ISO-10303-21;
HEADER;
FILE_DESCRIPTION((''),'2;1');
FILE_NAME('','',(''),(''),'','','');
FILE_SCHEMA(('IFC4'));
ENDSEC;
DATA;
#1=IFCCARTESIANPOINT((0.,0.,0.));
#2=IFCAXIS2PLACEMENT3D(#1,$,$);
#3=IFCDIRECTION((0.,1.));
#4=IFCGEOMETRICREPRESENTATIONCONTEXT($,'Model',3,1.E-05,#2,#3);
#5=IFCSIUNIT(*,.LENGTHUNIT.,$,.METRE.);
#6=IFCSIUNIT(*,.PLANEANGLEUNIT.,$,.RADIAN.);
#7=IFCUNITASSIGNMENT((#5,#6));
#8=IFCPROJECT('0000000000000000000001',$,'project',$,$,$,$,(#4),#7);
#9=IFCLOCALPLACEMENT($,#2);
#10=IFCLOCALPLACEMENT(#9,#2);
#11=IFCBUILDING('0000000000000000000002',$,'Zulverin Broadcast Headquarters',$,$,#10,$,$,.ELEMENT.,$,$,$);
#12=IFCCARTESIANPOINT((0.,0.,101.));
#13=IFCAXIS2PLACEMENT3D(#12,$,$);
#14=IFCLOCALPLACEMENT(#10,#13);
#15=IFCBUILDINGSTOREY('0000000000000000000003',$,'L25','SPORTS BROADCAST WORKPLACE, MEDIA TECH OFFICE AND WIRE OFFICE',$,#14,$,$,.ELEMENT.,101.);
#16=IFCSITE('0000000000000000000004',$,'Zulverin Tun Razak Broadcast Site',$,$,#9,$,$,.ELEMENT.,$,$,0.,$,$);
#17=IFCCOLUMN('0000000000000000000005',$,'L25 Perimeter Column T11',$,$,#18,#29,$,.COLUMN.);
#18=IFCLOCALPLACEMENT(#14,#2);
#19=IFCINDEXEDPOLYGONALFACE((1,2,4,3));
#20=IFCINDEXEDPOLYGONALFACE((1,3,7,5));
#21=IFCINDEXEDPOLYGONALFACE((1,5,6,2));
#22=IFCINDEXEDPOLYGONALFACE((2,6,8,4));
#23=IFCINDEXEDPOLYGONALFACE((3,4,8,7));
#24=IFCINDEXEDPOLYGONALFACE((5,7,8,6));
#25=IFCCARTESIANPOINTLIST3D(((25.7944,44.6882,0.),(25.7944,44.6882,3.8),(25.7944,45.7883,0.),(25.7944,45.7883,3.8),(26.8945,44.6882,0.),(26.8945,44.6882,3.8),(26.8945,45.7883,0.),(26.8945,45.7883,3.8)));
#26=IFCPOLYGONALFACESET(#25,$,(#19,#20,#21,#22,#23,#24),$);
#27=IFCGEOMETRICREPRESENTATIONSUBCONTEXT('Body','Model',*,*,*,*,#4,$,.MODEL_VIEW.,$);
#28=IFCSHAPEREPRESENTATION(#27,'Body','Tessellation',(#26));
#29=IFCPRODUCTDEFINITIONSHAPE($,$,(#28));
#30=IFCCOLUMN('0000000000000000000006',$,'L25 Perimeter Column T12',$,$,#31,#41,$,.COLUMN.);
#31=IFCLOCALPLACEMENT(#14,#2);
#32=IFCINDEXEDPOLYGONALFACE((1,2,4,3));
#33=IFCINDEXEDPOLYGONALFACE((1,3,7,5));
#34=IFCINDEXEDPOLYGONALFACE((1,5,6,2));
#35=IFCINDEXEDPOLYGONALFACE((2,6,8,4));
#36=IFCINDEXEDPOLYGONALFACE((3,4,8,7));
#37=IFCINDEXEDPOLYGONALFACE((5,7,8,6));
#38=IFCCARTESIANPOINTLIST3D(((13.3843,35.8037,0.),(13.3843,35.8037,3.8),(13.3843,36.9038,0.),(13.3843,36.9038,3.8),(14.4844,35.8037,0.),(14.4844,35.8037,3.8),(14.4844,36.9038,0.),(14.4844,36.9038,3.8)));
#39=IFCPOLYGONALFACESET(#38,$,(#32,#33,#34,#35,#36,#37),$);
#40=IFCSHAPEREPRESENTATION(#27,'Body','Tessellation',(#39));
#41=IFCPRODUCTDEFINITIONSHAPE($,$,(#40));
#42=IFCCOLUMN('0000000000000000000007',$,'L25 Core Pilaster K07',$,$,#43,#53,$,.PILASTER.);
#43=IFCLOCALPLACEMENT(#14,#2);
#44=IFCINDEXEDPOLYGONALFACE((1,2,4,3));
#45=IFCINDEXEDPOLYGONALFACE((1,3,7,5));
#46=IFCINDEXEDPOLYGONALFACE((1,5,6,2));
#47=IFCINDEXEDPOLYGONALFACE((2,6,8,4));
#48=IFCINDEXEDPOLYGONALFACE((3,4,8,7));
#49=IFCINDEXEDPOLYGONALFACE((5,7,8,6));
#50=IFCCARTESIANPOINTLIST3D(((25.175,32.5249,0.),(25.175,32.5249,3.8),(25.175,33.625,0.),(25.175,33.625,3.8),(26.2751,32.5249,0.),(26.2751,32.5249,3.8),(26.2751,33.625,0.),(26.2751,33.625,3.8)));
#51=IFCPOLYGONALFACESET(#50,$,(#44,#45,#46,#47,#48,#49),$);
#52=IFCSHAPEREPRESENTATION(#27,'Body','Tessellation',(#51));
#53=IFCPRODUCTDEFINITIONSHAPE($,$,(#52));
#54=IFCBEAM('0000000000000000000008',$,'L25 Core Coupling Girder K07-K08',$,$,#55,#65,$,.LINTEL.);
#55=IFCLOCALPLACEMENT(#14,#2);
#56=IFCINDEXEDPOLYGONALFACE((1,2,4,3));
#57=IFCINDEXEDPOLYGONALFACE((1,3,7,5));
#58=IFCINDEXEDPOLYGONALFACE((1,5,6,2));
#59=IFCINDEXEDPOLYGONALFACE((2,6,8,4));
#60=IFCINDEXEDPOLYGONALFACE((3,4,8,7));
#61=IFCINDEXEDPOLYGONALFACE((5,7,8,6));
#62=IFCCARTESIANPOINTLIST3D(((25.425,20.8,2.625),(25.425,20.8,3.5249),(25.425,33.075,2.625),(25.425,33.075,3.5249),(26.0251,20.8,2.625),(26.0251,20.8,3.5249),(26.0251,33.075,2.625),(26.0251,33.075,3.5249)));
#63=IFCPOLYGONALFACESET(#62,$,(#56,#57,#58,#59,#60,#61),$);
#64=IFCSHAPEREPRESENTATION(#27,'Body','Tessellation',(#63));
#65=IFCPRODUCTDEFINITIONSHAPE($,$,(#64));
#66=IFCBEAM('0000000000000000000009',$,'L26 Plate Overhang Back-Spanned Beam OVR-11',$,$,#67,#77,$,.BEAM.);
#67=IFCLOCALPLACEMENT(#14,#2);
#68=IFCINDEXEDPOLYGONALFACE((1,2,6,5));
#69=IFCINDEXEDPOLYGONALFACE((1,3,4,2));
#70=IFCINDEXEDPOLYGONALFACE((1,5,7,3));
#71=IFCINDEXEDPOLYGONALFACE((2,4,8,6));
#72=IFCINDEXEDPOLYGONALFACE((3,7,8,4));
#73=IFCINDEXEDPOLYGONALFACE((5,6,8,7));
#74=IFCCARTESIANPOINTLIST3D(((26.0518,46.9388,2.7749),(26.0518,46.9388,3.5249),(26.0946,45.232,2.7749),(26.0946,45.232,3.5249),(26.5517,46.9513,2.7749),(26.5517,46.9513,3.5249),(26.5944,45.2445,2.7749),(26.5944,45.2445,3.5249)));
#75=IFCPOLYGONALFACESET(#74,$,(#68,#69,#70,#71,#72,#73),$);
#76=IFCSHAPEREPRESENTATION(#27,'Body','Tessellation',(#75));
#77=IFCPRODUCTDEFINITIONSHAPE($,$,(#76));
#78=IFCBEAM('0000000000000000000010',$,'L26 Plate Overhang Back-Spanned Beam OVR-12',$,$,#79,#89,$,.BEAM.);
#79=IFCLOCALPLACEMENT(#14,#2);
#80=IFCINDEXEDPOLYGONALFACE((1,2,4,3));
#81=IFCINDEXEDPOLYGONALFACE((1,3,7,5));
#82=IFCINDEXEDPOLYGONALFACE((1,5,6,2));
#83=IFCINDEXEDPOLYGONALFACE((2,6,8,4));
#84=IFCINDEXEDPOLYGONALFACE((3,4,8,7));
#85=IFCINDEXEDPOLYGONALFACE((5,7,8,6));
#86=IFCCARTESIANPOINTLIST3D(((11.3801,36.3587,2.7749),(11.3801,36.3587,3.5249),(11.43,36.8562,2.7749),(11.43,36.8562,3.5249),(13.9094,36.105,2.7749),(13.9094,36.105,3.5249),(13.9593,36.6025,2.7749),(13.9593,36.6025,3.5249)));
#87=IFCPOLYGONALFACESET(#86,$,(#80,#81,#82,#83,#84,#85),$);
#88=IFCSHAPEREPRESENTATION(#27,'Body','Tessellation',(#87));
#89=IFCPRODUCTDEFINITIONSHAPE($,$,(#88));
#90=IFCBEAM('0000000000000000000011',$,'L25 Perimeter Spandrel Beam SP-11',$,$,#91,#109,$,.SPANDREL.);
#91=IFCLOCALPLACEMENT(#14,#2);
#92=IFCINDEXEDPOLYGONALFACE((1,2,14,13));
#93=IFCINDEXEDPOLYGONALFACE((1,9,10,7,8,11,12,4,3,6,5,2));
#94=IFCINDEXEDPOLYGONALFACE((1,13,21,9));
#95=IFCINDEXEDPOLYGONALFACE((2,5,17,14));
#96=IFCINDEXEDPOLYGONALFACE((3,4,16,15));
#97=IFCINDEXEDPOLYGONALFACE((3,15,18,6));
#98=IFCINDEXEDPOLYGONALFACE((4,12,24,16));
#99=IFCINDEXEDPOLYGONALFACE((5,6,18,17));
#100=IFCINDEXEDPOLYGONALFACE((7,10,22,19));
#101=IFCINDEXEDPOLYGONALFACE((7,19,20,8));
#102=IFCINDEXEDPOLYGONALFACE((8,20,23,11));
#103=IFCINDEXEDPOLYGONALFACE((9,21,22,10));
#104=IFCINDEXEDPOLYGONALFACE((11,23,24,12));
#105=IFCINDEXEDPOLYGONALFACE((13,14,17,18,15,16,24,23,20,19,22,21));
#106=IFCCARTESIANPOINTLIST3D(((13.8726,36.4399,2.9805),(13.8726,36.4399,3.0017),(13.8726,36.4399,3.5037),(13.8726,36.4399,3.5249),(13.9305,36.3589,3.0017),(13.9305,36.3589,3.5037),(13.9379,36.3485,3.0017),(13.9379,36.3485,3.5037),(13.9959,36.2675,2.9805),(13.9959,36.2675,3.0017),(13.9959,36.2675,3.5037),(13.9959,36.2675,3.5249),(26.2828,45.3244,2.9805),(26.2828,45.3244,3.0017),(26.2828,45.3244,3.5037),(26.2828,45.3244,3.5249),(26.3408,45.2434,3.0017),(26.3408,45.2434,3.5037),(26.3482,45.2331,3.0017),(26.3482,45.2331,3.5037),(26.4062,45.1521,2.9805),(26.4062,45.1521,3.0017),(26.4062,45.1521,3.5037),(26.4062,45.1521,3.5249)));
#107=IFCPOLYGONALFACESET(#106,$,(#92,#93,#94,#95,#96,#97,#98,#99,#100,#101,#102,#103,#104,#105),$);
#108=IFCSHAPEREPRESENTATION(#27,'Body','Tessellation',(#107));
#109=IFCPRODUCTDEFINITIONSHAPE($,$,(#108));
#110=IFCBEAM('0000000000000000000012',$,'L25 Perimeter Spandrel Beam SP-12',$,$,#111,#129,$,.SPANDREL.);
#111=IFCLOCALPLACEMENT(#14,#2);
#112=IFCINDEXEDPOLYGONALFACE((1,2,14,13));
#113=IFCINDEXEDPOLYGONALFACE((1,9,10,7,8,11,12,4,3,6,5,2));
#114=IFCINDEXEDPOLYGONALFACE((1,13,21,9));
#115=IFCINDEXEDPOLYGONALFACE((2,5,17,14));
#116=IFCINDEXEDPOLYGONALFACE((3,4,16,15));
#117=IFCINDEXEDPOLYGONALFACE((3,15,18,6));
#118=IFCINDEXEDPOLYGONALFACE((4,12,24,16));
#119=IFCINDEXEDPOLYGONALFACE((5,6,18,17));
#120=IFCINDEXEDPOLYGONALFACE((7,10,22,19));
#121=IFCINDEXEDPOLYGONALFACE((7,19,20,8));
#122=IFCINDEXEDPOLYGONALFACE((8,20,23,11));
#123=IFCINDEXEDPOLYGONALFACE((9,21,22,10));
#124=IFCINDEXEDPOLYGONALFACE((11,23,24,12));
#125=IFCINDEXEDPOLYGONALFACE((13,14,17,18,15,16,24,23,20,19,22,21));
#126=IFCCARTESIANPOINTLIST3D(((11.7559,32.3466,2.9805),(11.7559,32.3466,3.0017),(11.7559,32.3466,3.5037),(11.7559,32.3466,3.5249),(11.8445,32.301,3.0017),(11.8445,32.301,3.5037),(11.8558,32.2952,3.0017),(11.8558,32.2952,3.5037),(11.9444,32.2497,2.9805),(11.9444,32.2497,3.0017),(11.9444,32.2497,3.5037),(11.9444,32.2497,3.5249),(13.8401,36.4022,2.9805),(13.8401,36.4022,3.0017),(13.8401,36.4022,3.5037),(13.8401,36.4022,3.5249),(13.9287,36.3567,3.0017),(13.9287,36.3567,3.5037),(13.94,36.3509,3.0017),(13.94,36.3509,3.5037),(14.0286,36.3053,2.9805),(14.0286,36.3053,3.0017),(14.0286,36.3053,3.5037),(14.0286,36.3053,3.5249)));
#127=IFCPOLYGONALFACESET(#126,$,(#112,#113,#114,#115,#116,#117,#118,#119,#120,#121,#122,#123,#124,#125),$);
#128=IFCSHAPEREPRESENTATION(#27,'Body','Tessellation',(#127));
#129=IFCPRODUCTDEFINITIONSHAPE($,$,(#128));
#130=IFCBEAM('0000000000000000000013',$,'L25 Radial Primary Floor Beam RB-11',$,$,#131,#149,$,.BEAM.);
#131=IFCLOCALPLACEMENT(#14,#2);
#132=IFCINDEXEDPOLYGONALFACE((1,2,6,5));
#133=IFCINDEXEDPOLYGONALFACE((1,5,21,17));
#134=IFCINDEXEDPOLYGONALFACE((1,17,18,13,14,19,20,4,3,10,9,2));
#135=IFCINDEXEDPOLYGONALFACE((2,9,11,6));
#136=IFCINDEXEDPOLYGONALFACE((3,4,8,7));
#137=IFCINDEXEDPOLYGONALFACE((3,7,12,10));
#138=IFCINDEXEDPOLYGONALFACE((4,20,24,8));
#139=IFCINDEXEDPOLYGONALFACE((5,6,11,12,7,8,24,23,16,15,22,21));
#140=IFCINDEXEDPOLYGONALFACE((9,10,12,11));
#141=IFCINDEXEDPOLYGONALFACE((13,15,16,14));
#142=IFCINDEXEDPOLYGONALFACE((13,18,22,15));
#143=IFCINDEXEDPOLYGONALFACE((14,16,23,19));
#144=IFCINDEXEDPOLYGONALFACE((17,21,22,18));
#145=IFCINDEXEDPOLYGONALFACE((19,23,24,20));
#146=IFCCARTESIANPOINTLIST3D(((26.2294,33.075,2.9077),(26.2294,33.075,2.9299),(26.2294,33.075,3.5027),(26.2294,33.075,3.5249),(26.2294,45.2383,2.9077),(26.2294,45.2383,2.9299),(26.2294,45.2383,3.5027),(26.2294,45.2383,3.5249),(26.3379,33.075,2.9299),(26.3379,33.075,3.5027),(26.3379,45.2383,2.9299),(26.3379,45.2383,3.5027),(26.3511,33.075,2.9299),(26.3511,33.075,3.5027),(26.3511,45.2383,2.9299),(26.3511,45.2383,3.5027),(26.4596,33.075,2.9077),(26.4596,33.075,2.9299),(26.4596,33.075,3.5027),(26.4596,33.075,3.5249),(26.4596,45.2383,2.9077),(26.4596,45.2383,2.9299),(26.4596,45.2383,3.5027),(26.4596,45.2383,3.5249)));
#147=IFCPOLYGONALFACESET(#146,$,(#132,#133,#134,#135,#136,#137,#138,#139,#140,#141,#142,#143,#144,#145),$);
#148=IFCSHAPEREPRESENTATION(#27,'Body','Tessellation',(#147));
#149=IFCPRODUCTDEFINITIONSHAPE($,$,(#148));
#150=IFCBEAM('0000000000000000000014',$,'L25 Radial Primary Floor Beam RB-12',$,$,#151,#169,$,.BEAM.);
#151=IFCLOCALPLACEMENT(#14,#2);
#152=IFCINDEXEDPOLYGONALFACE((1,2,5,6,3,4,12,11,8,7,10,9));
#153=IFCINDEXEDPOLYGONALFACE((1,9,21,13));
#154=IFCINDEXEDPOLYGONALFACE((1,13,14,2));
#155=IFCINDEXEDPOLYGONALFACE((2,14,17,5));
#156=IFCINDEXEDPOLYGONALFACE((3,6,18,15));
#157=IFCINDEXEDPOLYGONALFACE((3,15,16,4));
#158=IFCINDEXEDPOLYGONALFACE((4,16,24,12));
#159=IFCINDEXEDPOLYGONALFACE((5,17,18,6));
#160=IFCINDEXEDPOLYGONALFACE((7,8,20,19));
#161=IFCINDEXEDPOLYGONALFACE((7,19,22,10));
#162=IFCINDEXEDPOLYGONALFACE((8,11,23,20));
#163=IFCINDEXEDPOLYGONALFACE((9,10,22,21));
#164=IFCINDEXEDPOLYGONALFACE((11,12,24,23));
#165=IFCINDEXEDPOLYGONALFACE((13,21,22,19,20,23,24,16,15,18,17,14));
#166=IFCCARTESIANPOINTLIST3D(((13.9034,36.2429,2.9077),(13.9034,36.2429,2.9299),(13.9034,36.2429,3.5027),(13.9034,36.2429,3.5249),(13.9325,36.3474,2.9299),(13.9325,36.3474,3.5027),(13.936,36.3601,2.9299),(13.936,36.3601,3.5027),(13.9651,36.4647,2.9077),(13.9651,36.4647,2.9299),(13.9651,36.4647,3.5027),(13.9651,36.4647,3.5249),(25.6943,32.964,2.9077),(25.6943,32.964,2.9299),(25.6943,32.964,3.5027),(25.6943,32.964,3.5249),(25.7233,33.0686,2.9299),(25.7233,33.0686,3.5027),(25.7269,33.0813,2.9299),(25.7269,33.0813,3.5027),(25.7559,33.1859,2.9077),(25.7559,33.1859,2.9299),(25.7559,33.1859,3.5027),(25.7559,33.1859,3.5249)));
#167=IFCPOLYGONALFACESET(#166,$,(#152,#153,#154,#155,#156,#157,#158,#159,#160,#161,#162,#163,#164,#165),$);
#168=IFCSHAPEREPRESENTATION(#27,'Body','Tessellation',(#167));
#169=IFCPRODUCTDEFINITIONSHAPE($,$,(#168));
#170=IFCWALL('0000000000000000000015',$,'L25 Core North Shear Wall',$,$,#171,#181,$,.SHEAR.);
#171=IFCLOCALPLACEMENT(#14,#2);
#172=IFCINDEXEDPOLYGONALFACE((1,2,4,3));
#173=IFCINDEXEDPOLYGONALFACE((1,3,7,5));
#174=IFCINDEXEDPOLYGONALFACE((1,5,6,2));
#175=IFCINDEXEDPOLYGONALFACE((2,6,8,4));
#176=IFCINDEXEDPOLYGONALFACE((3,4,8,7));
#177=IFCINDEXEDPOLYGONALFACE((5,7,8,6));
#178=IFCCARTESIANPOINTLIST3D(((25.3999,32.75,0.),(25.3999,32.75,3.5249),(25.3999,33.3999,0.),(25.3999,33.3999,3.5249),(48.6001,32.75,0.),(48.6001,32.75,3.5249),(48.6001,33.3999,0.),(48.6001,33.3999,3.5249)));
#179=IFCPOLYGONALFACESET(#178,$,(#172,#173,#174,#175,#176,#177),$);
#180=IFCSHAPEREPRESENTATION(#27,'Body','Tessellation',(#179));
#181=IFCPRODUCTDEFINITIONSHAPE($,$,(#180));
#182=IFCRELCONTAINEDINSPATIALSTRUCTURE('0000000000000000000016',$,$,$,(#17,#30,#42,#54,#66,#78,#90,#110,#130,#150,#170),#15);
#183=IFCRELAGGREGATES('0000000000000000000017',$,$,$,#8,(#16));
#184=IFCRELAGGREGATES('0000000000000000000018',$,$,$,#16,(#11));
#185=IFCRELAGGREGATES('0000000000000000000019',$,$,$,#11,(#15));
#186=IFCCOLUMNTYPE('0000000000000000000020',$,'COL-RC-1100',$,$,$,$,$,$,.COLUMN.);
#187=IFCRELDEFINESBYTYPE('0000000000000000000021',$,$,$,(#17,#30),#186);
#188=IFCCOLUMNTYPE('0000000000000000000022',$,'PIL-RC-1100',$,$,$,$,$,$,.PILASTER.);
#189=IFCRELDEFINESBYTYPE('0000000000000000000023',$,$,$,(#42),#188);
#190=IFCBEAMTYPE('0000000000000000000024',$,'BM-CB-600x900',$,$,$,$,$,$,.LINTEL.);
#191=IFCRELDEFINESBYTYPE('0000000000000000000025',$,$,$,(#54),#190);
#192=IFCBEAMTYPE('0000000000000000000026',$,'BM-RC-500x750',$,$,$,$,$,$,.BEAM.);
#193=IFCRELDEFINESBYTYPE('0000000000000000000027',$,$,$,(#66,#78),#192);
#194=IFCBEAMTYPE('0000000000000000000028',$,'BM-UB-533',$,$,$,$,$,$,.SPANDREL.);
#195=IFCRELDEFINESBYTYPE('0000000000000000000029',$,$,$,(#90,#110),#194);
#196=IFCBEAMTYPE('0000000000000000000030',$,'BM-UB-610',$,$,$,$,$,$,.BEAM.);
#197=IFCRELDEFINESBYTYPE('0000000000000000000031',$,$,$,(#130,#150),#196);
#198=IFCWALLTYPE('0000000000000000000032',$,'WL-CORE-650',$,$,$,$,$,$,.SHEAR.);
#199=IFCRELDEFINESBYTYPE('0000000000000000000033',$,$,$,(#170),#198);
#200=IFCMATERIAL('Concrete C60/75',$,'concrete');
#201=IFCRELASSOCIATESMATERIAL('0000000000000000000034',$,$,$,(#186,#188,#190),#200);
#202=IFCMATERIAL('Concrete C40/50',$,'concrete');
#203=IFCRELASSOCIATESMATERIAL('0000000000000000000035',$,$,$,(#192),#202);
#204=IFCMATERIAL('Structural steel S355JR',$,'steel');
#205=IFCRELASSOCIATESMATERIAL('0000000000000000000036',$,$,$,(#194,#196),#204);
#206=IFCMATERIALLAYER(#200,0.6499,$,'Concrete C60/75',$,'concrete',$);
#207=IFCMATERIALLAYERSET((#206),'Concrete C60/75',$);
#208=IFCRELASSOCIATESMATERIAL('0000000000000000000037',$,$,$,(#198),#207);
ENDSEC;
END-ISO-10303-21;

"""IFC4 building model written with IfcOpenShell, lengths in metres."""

from ifc_helpers import new_model, si_unit, direction, frame, frame_2d, origin, origin_2d, place, context, subcontext, project, spatial, rectangle, i_section, extrude, material, layer, layer_set, material_profile, profile_set, type_object, element, save


model = new_model("IFC4")

# Units and contexts
model_context = context("Model", 3, precision=1e-05, world=origin(), true_north=direction((0.0, 1.0)))
body_context = subcontext(model_context, "Body", "Model", "MODEL_VIEW")
ifc_project = project(units=[si_unit("LENGTHUNIT", "METRE"), si_unit("PLANEANGLEUNIT", "RADIAN")], contexts=[model_context])

# Site, building, storey
site_placement = place(None, origin())
site = spatial("IfcSite", under=ifc_project, at=site_placement, Name="Zulverin Tun Razak Broadcast Site", CompositionType="ELEMENT", RefElevation=0.0)
building_placement = place(site_placement, origin())
building = spatial("IfcBuilding", under=site, at=building_placement, Name="Zulverin Broadcast Headquarters", CompositionType="ELEMENT")
storey_placement = place(building_placement, frame((0.0, 0.0, 101.0)))
storey = spatial("IfcBuildingStorey", under=building, at=storey_placement, Name="L25", Description="SPORTS BROADCAST WORKPLACE, MEDIA TECH OFFICE AND WIRE OFFICE", CompositionType="ELEMENT", Elevation=101.0)

# Columns
ifc_material_1 = material(Name="Concrete C60/75", Category="concrete")
ifc_material_profile_1 = material_profile(ifc_material_1, rectangle(XDim=1.1001, YDim=1.1001, at=origin_2d()), Name="Concrete C60/75", Category="concrete")
ifc_profile_set_1 = profile_set([ifc_material_profile_1], Name="Concrete C60/75")
column_type_1 = type_object("IfcColumnType", Name="COL-RC-1100", PredefinedType="COLUMN", material=ifc_profile_set_1)
for number, where, z_axis, x_axis, name in (
    (1, (26.3445, 45.2383, 0.0), (0.0, 0.0, 1.0), (1.0, 0.0, 0.0), "L25 Perimeter Column T11"),
    (2, (13.9343, 36.3538, 0.0), (0.0, 0.0, 1.0), (1.0, 0.0, 0.0), "L25 Perimeter Column T12"),
):
    element("IfcColumn", number, at=place(storey_placement, frame(where, z_axis=z_axis, x_axis=x_axis)), inside=storey, type_object=column_type_1, Name=name, PredefinedType="COLUMN", context=body_context, shape_type="SweptSolid", body=[
        extrude(rectangle(XDim=1.1001, YDim=1.1001, at=origin_2d()), origin(), (0.0, 0.0, 1.0), 3.8),
    ])
ifc_material_profile_2 = material_profile(ifc_material_1, rectangle(XDim=1.1001, YDim=1.1001, at=origin_2d()), Name="Concrete C60/75", Category="concrete")
ifc_profile_set_2 = profile_set([ifc_material_profile_2], Name="Concrete C60/75")
column_type_2 = type_object("IfcColumnType", Name="PIL-RC-1100", PredefinedType="PILASTER", material=ifc_profile_set_2)
column_placement = place(storey_placement, frame((25.7251, 33.075, 0.0), z_axis=(0.0, 0.0, 1.0), x_axis=(1.0, 0.0, 0.0)))
element("IfcColumn", 3, at=column_placement, inside=storey, type_object=column_type_2, Name="L25 Core Pilaster K07", PredefinedType="PILASTER", context=body_context, shape_type="SweptSolid", body=[
    extrude(rectangle(XDim=1.1001, YDim=1.1001, at=origin_2d()), origin(), (0.0, 0.0, 1.0), 3.8),
])

# Beams
ifc_material_profile_3 = material_profile(ifc_material_1, rectangle(XDim=0.6001, YDim=0.8999, at=origin_2d()), Name="Concrete C60/75", Category="concrete")
ifc_profile_set_3 = profile_set([ifc_material_profile_3], Name="Concrete C60/75")
beam_type_1 = type_object("IfcBeamType", Name="BM-CB-600x900", PredefinedType="LINTEL", material=ifc_profile_set_3)
beam_1_placement = place(storey_placement, frame((25.7251, 33.075, 3.075), z_axis=(0.0, -1.0, 0.0), x_axis=(1.0, 0.0, 0.0)))
element("IfcBeam", 4, at=beam_1_placement, inside=storey, type_object=beam_type_1, Name="L25 Core Coupling Girder K07-K08", PredefinedType="LINTEL", context=body_context, shape_type="SweptSolid", body=[
    extrude(rectangle(XDim=0.6001, YDim=0.8999, at=origin_2d()), origin(), (0.0, 0.0, 1.0), 12.2749),
])
ifc_material_2 = material(Name="Concrete C40/50", Category="concrete")
ifc_material_profile_4 = material_profile(ifc_material_2, rectangle(XDim=0.5, YDim=0.75, at=origin_2d()), Name="Concrete C40/50", Category="concrete")
ifc_profile_set_4 = profile_set([ifc_material_profile_4], Name="Concrete C40/50")
beam_type_2 = type_object("IfcBeamType", Name="BM-RC-500x750", PredefinedType="BEAM", material=ifc_profile_set_4)
beam_2_placement = place(storey_placement, frame((26.3445, 45.2383, 3.1499), z_axis=(-0.025024, 0.999687, 0.0), x_axis=(-0.999687, -0.025024, 0.0)))
element("IfcBeam", 5, at=beam_2_placement, inside=storey, type_object=beam_type_2, Name="L26 Plate Overhang Back-Spanned Beam OVR-11", PredefinedType="BEAM", context=body_context, shape_type="SweptSolid", body=[
    extrude(rectangle(XDim=0.5, YDim=0.75, at=origin_2d()), origin(), (0.0, 0.0, 1.0), 1.7073),
])
beam_3_placement = place(storey_placement, frame((13.9343, 36.3538, 3.1499), z_axis=(-0.995009, 0.099789, 0.0), x_axis=(-0.099789, -0.995009, 0.0)))
element("IfcBeam", 6, at=beam_3_placement, inside=storey, type_object=beam_type_2, Name="L26 Plate Overhang Back-Spanned Beam OVR-12", PredefinedType="BEAM", context=body_context, shape_type="SweptSolid", body=[
    extrude(rectangle(XDim=0.5, YDim=0.75, at=origin_2d()), origin(), (0.0, 0.0, 1.0), 2.542),
])
ifc_material_3 = material(Name="Structural steel S355JR", Category="steel")
ifc_material_profile_5 = material_profile(ifc_material_3, i_section(OverallWidth=0.2119, OverallDepth=0.5444, WebThickness=0.0127, FlangeThickness=0.0212, at=origin_2d()), Name="Structural steel S355JR", Category="steel")
ifc_profile_set_5 = profile_set([ifc_material_profile_5], Name="Structural steel S355JR")
beam_type_3 = type_object("IfcBeamType", Name="BM-UB-533", PredefinedType="SPANDREL", material=ifc_profile_set_5)
beam_4_placement = place(storey_placement, frame((26.3445, 45.2383, 3.2527), z_axis=(-0.813109, -0.582111, 0.0), x_axis=(0.582111, -0.813109, 0.0)))
element("IfcBeam", 7, at=beam_4_placement, inside=storey, type_object=beam_type_3, Name="L25 Perimeter Spandrel Beam SP-11", PredefinedType="SPANDREL", context=body_context, shape_type="SweptSolid", body=[
    extrude(i_section(OverallWidth=0.2119, OverallDepth=0.5444, WebThickness=0.0127, FlangeThickness=0.0212, at=origin_2d()), origin(), (0.0, 0.0, 1.0), 15.2627),
])
beam_5_placement = place(storey_placement, frame((13.9343, 36.3538, 3.2527), z_axis=(-0.457081, -0.889425, 0.0), x_axis=(0.889425, -0.457081, 0.0)))
element("IfcBeam", 8, at=beam_5_placement, inside=storey, type_object=beam_type_3, Name="L25 Perimeter Spandrel Beam SP-12", PredefinedType="SPANDREL", context=body_context, shape_type="SweptSolid", body=[
    extrude(i_section(OverallWidth=0.2119, OverallDepth=0.5444, WebThickness=0.0127, FlangeThickness=0.0212, at=origin_2d()), origin(), (0.0, 0.0, 1.0), 4.5598),
])
ifc_material_profile_6 = material_profile(ifc_material_3, i_section(OverallWidth=0.2302, OverallDepth=0.6172, WebThickness=0.0132, FlangeThickness=0.0222, at=origin_2d()), Name="Structural steel S355JR", Category="steel")
ifc_profile_set_6 = profile_set([ifc_material_profile_6], Name="Structural steel S355JR")
beam_type_4 = type_object("IfcBeamType", Name="BM-UB-610", PredefinedType="BEAM", material=ifc_profile_set_6)
beam_6_placement = place(storey_placement, frame((26.3445, 33.075, 3.2163), z_axis=(0.0, 1.0, 0.0), x_axis=(-1.0, 0.0, 0.0)))
element("IfcBeam", 9, at=beam_6_placement, inside=storey, type_object=beam_type_4, Name="L25 Radial Primary Floor Beam RB-11", PredefinedType="BEAM", context=body_context, shape_type="SweptSolid", body=[
    extrude(i_section(OverallWidth=0.2302, OverallDepth=0.6172, WebThickness=0.0132, FlangeThickness=0.0222, at=origin_2d()), origin(), (0.0, 0.0, 1.0), 12.1633),
])
beam_7_placement = place(storey_placement, frame((25.7251, 33.075, 3.2163), z_axis=(-0.963442, 0.267917, 0.0), x_axis=(-0.267917, -0.963442, 0.0)))
element("IfcBeam", 10, at=beam_7_placement, inside=storey, type_object=beam_type_4, Name="L25 Radial Primary Floor Beam RB-12", PredefinedType="BEAM", context=body_context, shape_type="SweptSolid", body=[
    extrude(i_section(OverallWidth=0.2302, OverallDepth=0.6172, WebThickness=0.0132, FlangeThickness=0.0222, at=origin_2d()), origin(), (0.0, 0.0, 1.0), 12.2383),
])

# Wall
ifc_layer_1 = layer(ifc_material_1, 0.6499, Name="Concrete C60/75", Category="concrete")
ifc_layer_set_1 = layer_set([ifc_layer_1], Name="Concrete C60/75")
wall_type_1 = type_object("IfcWallType", Name="WL-CORE-650", PredefinedType="SHEAR", material=ifc_layer_set_1)
wall_1_placement = place(storey_placement, frame((25.3999, 33.075, 0.0), z_axis=(0.0, 0.0, 1.0), x_axis=(1.0, 0.0, 0.0)))
element("IfcWall", 11, at=wall_1_placement, inside=storey, type_object=wall_type_1, Name="L25 Core North Shear Wall", PredefinedType="SHEAR", context=body_context, shape_type="SweptSolid", body=[
    extrude(rectangle(XDim=23.2002, YDim=0.6499, at=frame_2d((11.6001, 0.0))), origin(), (0.0, 0.0, 1.0), 3.5249),
])

save(model, "model.ifc")
